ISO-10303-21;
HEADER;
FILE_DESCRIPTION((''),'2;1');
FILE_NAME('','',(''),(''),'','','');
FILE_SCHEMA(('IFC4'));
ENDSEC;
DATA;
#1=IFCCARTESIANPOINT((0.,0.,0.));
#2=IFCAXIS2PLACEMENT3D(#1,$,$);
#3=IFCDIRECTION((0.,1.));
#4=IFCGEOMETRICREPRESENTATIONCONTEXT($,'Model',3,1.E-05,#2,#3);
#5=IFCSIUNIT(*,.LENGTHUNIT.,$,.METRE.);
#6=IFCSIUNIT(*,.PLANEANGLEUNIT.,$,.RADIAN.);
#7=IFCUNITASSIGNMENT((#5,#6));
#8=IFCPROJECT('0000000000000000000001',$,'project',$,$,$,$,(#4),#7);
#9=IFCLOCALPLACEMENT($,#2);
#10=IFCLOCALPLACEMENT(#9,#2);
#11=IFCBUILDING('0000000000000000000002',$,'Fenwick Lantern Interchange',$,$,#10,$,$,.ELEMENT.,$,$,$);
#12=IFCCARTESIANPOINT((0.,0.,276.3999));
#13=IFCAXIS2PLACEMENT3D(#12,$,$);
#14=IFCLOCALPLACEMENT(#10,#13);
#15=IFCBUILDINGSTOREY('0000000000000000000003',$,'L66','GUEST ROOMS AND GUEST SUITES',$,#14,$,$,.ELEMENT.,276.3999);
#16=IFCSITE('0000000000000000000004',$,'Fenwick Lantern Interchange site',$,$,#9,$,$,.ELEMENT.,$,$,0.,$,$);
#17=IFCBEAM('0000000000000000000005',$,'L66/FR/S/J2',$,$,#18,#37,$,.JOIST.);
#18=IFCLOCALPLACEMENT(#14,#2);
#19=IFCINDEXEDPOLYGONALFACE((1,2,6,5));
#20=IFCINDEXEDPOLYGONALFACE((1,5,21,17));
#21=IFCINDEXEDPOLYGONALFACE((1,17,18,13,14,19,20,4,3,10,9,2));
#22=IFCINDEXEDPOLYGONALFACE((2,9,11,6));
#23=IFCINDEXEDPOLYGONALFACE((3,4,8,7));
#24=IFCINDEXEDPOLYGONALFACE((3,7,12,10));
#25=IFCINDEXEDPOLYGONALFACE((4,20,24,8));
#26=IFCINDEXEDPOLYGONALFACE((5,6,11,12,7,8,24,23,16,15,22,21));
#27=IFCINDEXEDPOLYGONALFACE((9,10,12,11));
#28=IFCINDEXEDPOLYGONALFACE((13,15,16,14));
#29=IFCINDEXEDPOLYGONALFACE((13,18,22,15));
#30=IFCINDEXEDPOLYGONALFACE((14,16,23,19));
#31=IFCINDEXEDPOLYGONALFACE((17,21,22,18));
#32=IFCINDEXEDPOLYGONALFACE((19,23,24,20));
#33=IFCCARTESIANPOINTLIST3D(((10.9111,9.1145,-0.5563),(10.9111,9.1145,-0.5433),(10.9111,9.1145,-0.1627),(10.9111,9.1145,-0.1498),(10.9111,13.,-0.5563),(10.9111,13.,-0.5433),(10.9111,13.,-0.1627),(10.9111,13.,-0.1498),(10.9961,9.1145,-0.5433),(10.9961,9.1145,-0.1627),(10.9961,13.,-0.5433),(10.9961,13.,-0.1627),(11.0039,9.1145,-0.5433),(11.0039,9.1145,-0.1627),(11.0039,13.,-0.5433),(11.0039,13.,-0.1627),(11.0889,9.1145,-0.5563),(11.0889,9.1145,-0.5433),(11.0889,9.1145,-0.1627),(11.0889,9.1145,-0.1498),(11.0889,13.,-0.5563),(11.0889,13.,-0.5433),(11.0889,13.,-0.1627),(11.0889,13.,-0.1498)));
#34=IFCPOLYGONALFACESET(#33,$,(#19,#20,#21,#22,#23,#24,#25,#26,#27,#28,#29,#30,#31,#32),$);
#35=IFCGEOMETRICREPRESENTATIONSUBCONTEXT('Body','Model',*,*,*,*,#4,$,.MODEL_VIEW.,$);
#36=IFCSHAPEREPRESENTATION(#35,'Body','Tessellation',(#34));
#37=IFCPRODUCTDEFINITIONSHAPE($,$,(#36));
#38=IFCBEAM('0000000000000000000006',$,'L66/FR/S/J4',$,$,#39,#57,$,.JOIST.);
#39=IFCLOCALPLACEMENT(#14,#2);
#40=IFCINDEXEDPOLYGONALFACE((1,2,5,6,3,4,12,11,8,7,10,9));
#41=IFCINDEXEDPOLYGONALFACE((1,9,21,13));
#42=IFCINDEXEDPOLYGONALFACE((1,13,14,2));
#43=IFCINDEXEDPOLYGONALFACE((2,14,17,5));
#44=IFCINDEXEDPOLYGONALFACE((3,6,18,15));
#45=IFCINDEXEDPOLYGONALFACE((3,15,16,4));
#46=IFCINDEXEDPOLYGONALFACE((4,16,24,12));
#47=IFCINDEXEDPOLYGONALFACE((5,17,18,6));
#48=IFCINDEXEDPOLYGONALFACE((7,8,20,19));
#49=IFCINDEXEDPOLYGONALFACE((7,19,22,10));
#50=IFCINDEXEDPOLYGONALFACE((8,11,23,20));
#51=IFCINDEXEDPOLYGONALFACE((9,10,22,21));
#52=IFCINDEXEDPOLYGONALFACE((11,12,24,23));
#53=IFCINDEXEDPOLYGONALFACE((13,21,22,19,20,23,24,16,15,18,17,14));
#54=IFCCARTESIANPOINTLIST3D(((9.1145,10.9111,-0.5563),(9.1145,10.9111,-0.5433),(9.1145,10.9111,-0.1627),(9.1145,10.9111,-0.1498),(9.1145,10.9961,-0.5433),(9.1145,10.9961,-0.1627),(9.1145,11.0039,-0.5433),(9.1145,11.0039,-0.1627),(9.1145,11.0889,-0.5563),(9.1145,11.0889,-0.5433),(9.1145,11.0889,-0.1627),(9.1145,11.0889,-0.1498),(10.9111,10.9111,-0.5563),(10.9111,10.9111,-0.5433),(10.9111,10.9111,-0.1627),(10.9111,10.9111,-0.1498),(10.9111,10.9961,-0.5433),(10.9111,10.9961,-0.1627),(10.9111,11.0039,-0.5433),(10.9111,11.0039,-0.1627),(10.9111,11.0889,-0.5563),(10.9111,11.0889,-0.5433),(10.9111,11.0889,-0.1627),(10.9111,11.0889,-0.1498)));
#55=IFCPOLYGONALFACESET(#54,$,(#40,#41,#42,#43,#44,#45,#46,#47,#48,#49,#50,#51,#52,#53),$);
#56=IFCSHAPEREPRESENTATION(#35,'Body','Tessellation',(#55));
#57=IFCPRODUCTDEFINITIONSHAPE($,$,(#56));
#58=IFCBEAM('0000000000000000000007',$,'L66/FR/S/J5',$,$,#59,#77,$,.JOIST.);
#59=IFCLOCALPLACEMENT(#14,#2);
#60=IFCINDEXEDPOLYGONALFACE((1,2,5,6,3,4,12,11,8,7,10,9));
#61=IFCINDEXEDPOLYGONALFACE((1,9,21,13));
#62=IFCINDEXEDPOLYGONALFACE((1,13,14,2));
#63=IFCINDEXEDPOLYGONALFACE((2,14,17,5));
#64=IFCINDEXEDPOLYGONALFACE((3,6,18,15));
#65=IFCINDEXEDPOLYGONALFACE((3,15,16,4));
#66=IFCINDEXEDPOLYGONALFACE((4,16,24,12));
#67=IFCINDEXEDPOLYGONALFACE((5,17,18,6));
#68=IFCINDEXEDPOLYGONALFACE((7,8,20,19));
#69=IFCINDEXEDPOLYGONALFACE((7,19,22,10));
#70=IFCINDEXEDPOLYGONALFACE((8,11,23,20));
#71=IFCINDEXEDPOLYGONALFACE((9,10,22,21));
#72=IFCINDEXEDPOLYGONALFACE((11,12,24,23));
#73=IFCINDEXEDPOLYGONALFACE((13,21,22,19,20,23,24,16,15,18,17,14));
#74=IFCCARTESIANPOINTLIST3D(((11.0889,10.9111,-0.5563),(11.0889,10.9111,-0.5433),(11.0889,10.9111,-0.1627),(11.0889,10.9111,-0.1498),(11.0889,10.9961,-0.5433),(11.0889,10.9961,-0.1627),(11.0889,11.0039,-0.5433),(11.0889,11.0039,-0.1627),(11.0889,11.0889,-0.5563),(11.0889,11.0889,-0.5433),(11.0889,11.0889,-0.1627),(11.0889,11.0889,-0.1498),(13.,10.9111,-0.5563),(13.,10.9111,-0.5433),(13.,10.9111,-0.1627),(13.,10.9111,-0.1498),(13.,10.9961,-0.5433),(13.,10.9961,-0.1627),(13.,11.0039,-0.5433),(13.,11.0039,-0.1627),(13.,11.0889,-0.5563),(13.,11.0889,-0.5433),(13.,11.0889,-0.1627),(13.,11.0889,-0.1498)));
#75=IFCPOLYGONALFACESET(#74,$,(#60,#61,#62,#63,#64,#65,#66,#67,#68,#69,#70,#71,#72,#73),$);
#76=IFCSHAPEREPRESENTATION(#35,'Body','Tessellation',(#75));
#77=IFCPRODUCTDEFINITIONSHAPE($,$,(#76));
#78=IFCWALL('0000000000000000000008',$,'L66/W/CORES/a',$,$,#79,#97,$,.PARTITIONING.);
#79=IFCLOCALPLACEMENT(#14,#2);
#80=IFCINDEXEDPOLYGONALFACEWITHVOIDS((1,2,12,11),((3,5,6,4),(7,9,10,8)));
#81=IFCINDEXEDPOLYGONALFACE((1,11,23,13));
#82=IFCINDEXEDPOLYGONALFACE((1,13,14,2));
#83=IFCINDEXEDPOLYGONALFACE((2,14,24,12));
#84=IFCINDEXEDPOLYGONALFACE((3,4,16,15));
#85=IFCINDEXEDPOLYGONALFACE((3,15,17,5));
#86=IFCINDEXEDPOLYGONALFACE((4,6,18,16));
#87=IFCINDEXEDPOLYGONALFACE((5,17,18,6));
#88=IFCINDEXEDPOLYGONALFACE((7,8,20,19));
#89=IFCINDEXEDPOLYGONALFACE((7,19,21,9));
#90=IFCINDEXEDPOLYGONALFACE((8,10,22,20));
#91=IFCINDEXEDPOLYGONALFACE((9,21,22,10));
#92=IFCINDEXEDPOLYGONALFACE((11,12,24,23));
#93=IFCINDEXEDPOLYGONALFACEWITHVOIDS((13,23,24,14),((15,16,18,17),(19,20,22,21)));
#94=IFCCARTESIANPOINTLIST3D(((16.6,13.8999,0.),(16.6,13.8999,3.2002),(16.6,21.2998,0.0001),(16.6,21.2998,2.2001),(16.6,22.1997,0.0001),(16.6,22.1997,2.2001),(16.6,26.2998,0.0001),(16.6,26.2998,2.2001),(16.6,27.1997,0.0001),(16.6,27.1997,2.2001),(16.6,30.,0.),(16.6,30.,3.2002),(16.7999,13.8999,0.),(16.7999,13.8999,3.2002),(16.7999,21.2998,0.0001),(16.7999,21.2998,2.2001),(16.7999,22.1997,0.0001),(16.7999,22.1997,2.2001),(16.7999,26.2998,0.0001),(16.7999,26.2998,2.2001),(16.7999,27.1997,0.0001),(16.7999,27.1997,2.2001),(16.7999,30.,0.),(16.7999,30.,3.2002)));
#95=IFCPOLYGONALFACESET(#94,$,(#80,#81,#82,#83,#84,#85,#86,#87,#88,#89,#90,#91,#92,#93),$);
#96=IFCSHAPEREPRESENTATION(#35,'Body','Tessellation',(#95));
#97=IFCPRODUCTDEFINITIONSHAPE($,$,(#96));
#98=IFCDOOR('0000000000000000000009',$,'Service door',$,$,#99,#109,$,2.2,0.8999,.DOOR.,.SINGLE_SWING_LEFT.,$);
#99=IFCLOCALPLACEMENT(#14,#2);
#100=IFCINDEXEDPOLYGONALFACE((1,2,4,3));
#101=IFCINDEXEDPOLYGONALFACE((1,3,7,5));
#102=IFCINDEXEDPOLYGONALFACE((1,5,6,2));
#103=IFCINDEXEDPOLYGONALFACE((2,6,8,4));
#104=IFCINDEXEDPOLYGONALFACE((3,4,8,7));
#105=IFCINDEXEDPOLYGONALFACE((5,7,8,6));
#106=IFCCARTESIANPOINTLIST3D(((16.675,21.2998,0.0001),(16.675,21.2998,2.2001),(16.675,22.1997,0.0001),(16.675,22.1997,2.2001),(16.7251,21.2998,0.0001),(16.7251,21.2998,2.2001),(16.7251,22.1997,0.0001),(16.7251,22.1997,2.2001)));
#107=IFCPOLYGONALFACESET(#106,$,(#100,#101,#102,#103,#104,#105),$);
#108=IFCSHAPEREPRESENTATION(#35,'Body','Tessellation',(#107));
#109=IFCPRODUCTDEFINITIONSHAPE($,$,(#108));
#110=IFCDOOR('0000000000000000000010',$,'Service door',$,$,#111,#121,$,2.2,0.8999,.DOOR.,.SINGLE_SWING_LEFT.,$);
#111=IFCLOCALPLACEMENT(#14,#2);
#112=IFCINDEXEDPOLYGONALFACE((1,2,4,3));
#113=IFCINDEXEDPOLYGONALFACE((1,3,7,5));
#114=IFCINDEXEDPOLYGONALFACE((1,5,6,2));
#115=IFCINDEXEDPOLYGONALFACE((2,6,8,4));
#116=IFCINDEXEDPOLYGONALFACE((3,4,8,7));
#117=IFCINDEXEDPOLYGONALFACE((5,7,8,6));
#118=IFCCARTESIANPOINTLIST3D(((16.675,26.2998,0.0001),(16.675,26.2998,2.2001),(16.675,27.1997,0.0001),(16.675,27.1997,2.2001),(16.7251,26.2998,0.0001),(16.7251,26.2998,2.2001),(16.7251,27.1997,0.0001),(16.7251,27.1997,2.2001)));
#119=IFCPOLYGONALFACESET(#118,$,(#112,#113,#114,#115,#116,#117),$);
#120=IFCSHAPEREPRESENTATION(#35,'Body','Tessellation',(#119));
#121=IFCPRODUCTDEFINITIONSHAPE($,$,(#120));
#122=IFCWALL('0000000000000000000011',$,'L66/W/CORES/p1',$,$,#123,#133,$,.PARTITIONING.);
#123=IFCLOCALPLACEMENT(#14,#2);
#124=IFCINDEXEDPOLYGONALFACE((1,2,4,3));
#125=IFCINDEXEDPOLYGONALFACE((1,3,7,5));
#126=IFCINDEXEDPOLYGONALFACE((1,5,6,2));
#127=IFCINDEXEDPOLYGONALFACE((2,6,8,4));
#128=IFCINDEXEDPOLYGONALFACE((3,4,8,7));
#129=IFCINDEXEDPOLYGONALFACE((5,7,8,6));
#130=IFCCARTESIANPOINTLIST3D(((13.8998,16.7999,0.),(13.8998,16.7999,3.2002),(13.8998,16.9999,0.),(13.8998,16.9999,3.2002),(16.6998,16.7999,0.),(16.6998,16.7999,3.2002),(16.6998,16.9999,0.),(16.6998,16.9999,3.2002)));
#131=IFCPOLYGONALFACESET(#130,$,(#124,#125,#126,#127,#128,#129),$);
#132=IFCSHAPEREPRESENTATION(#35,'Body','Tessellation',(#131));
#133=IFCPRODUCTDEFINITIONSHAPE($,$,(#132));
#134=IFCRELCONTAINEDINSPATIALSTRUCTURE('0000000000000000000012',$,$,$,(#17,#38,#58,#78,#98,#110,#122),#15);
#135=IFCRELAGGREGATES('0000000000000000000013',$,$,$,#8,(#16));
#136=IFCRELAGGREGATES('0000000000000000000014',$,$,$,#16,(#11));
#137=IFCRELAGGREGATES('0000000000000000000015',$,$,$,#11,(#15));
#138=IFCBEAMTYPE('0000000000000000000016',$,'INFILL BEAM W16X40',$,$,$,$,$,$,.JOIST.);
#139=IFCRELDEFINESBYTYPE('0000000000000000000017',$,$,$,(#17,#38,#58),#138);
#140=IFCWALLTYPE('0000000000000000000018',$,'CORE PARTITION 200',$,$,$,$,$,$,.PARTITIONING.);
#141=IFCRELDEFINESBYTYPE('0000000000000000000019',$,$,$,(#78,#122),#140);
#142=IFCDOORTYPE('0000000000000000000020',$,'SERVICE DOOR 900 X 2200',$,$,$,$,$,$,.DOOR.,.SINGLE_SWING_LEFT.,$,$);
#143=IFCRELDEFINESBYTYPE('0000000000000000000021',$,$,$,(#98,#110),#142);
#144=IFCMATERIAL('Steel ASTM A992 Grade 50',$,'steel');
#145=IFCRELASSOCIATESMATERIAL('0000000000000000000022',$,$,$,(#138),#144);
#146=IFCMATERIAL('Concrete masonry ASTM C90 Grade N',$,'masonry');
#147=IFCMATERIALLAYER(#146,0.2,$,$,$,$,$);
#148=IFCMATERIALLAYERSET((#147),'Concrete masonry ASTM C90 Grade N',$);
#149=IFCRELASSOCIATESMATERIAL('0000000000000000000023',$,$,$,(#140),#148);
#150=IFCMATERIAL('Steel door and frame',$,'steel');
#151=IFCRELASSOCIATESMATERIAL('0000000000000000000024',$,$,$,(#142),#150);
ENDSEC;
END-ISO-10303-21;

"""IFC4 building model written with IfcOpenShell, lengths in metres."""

from ifc_helpers import new_model, si_unit, direction, frame, frame_2d, origin, origin_2d, place, context, subcontext, project, spatial, rectangle, i_section, extrude, material, layer, layer_set, material_profile, profile_set, type_object, element, fill, save


model = new_model("IFC4")

# Units and contexts
model_context = context("Model", 3, precision=1e-05, world=origin(), true_north=direction((0.0, 1.0)))
body_context = subcontext(model_context, "Body", "Model", "MODEL_VIEW")
ifc_project = project(units=[si_unit("LENGTHUNIT", "METRE"), si_unit("PLANEANGLEUNIT", "RADIAN")], contexts=[model_context])

# Site, building, storey
site_placement = place(None, origin())
site = spatial("IfcSite", under=ifc_project, at=site_placement, Name="Fenwick Lantern Interchange site", CompositionType="ELEMENT", RefElevation=0.0)
building_placement = place(site_placement, origin())
building = spatial("IfcBuilding", under=site, at=building_placement, Name="Fenwick Lantern Interchange", CompositionType="ELEMENT")
storey_placement = place(building_placement, frame((0.0, 0.0, 276.3999)))
storey = spatial("IfcBuildingStorey", under=building, at=storey_placement, Name="L66", Description="GUEST ROOMS AND GUEST SUITES", CompositionType="ELEMENT", Elevation=276.3999)

# Beams
ifc_material_1 = material(Name="Steel ASTM A992 Grade 50", Category="steel")
ifc_material_profile = material_profile(ifc_material_1, i_section(OverallWidth=0.1777, OverallDepth=0.4065, WebThickness=0.0078, FlangeThickness=0.0129, at=origin_2d()), Name="W16X40")
ifc_profile_set = profile_set([ifc_material_profile], Name="Steel ASTM A992 Grade 50")
beam_type = type_object("IfcBeamType", Name="INFILL BEAM W16X40", PredefinedType="JOIST", material=ifc_profile_set)
beam_1_placement = place(storey_placement, frame((11.0, 9.1145, -0.353), z_axis=(0.0, 1.0, 0.0), x_axis=(-1.0, 0.0, 0.0)))
element("IfcBeam", 1, at=beam_1_placement, inside=storey, type_object=beam_type, Name="L66/FR/S/J2", PredefinedType="JOIST", context=body_context, shape_type="SweptSolid", body=[
    extrude(i_section(OverallWidth=0.1777, OverallDepth=0.4065, WebThickness=0.0078, FlangeThickness=0.0129, at=origin_2d()), origin(), (0.0, 0.0, 1.0), 3.8855),
])
beam_2_placement = place(storey_placement, frame((9.1145, 11.0, -0.353), z_axis=(1.0, 0.0, 0.0), x_axis=(0.0, 1.0, 0.0)))
element("IfcBeam", 2, at=beam_2_placement, inside=storey, type_object=beam_type, Name="L66/FR/S/J4", PredefinedType="JOIST", context=body_context, shape_type="SweptSolid", body=[
    extrude(i_section(OverallWidth=0.1777, OverallDepth=0.4065, WebThickness=0.0078, FlangeThickness=0.0129, at=origin_2d()), origin(), (0.0, 0.0, 1.0), 1.7966),
])
beam_3_placement = place(storey_placement, frame((11.0889, 11.0, -0.353), z_axis=(1.0, 0.0, 0.0), x_axis=(0.0, 1.0, 0.0)))
element("IfcBeam", 3, at=beam_3_placement, inside=storey, type_object=beam_type, Name="L66/FR/S/J5", PredefinedType="JOIST", context=body_context, shape_type="SweptSolid", body=[
    extrude(i_section(OverallWidth=0.1777, OverallDepth=0.4065, WebThickness=0.0078, FlangeThickness=0.0129, at=origin_2d()), origin(), (0.0, 0.0, 1.0), 1.9111),
])

# Wall, openings, doors
ifc_material_2 = material(Name="Concrete masonry ASTM C90 Grade N", Category="masonry")
ifc_layer_1 = layer(ifc_material_2, 0.2)
ifc_layer_set_1 = layer_set([ifc_layer_1], Name="Concrete masonry ASTM C90 Grade N")
wall_type_1 = type_object("IfcWallType", Name="CORE PARTITION 200", PredefinedType="PARTITIONING", material=ifc_layer_set_1)
wall_1_placement = place(storey_placement, frame((16.7, 13.8999, 0.0), z_axis=(0.0, 0.0, 1.0), x_axis=(0.0, 1.0, 0.0)))
wall_1 = element("IfcWall", 4, at=wall_1_placement, inside=storey, type_object=wall_type_1, Name="L66/W/CORES/a", PredefinedType="PARTITIONING", context=body_context, shape_type="SweptSolid", body=[
    extrude(rectangle(XDim=16.1001, YDim=0.2, at=frame_2d((8.05, 0.0))), origin(), (0.0, 0.0, 1.0), 3.2002),
])
opening_1_placement = place(wall_1_placement, frame((7.3999, 0.0, 0.0)))
opening_1 = element("IfcOpeningElement", 5, at=opening_1_placement, cuts=wall_1, PredefinedType="OPENING", context=body_context, shape_type="SweptSolid", body=[
    extrude(rectangle(XDim=0.8999, YDim=2.2, at=frame_2d((0.45, 1.1001))), frame((0.0, 0.1099, 0.0), z_axis=(0.0, -1.0, 0.0), x_axis=(1.0, 0.0, 0.0)), (0.0, 0.0, 1.0), 0.22),
])
opening_2_placement = place(wall_1_placement, frame((12.3999, 0.0, 0.0)))
opening_2 = element("IfcOpeningElement", 6, at=opening_2_placement, cuts=wall_1, PredefinedType="OPENING", context=body_context, shape_type="SweptSolid", body=[
    extrude(rectangle(XDim=0.8999, YDim=2.2, at=frame_2d((0.45, 1.1001))), frame((0.0, 0.1099, 0.0), z_axis=(0.0, -1.0, 0.0), x_axis=(1.0, 0.0, 0.0)), (0.0, 0.0, 1.0), 0.22),
])
ifc_material_3 = material(Name="Steel door and frame", Category="steel")
door_type_1 = type_object("IfcDoorType", Name="SERVICE DOOR 900 X 2200", OperationType="SINGLE_SWING_LEFT", PredefinedType="DOOR", material=ifc_material_3)
door_1_placement = place(opening_1_placement, origin())
door_1 = element("IfcDoor", 7, at=door_1_placement, inside=storey, type_object=door_type_1, Name="Service door", OperationType="SINGLE_SWING_LEFT", OverallHeight=2.2, OverallWidth=0.8999, PredefinedType="DOOR", context=body_context, shape_type="SweptSolid", body=[
    extrude(rectangle(XDim=0.8999, YDim=2.2, at=frame_2d((0.45, 1.1001))), frame((0.0, 0.0249, 0.0), z_axis=(0.0, -1.0, 0.0), x_axis=(1.0, 0.0, 0.0)), (0.0, 0.0, 1.0), 0.05),
])
fill(opening_1, door_1)
door_2_placement = place(opening_2_placement, origin())
door_2 = element("IfcDoor", 8, at=door_2_placement, inside=storey, type_object=door_type_1, Name="Service door", OperationType="SINGLE_SWING_LEFT", OverallHeight=2.2, OverallWidth=0.8999, PredefinedType="DOOR", context=body_context, shape_type="SweptSolid", body=[
    extrude(rectangle(XDim=0.8999, YDim=2.2, at=frame_2d((0.45, 1.1001))), frame((0.0, 0.0249, 0.0), z_axis=(0.0, -1.0, 0.0), x_axis=(1.0, 0.0, 0.0)), (0.0, 0.0, 1.0), 0.05),
])
fill(opening_2, door_2)

# Wall
wall_2_placement = place(storey_placement, frame((13.8999, 16.8999, 0.0), z_axis=(0.0, 0.0, 1.0), x_axis=(1.0, 0.0, 0.0)))
element("IfcWall", 9, at=wall_2_placement, inside=storey, type_object=wall_type_1, Name="L66/W/CORES/p1", PredefinedType="PARTITIONING", context=body_context, shape_type="SweptSolid", body=[
    extrude(rectangle(XDim=2.8, YDim=0.2, at=frame_2d((1.3999, 0.0))), origin(), (0.0, 0.0, 1.0), 3.2002),
])

save(model, "model.ifc")
